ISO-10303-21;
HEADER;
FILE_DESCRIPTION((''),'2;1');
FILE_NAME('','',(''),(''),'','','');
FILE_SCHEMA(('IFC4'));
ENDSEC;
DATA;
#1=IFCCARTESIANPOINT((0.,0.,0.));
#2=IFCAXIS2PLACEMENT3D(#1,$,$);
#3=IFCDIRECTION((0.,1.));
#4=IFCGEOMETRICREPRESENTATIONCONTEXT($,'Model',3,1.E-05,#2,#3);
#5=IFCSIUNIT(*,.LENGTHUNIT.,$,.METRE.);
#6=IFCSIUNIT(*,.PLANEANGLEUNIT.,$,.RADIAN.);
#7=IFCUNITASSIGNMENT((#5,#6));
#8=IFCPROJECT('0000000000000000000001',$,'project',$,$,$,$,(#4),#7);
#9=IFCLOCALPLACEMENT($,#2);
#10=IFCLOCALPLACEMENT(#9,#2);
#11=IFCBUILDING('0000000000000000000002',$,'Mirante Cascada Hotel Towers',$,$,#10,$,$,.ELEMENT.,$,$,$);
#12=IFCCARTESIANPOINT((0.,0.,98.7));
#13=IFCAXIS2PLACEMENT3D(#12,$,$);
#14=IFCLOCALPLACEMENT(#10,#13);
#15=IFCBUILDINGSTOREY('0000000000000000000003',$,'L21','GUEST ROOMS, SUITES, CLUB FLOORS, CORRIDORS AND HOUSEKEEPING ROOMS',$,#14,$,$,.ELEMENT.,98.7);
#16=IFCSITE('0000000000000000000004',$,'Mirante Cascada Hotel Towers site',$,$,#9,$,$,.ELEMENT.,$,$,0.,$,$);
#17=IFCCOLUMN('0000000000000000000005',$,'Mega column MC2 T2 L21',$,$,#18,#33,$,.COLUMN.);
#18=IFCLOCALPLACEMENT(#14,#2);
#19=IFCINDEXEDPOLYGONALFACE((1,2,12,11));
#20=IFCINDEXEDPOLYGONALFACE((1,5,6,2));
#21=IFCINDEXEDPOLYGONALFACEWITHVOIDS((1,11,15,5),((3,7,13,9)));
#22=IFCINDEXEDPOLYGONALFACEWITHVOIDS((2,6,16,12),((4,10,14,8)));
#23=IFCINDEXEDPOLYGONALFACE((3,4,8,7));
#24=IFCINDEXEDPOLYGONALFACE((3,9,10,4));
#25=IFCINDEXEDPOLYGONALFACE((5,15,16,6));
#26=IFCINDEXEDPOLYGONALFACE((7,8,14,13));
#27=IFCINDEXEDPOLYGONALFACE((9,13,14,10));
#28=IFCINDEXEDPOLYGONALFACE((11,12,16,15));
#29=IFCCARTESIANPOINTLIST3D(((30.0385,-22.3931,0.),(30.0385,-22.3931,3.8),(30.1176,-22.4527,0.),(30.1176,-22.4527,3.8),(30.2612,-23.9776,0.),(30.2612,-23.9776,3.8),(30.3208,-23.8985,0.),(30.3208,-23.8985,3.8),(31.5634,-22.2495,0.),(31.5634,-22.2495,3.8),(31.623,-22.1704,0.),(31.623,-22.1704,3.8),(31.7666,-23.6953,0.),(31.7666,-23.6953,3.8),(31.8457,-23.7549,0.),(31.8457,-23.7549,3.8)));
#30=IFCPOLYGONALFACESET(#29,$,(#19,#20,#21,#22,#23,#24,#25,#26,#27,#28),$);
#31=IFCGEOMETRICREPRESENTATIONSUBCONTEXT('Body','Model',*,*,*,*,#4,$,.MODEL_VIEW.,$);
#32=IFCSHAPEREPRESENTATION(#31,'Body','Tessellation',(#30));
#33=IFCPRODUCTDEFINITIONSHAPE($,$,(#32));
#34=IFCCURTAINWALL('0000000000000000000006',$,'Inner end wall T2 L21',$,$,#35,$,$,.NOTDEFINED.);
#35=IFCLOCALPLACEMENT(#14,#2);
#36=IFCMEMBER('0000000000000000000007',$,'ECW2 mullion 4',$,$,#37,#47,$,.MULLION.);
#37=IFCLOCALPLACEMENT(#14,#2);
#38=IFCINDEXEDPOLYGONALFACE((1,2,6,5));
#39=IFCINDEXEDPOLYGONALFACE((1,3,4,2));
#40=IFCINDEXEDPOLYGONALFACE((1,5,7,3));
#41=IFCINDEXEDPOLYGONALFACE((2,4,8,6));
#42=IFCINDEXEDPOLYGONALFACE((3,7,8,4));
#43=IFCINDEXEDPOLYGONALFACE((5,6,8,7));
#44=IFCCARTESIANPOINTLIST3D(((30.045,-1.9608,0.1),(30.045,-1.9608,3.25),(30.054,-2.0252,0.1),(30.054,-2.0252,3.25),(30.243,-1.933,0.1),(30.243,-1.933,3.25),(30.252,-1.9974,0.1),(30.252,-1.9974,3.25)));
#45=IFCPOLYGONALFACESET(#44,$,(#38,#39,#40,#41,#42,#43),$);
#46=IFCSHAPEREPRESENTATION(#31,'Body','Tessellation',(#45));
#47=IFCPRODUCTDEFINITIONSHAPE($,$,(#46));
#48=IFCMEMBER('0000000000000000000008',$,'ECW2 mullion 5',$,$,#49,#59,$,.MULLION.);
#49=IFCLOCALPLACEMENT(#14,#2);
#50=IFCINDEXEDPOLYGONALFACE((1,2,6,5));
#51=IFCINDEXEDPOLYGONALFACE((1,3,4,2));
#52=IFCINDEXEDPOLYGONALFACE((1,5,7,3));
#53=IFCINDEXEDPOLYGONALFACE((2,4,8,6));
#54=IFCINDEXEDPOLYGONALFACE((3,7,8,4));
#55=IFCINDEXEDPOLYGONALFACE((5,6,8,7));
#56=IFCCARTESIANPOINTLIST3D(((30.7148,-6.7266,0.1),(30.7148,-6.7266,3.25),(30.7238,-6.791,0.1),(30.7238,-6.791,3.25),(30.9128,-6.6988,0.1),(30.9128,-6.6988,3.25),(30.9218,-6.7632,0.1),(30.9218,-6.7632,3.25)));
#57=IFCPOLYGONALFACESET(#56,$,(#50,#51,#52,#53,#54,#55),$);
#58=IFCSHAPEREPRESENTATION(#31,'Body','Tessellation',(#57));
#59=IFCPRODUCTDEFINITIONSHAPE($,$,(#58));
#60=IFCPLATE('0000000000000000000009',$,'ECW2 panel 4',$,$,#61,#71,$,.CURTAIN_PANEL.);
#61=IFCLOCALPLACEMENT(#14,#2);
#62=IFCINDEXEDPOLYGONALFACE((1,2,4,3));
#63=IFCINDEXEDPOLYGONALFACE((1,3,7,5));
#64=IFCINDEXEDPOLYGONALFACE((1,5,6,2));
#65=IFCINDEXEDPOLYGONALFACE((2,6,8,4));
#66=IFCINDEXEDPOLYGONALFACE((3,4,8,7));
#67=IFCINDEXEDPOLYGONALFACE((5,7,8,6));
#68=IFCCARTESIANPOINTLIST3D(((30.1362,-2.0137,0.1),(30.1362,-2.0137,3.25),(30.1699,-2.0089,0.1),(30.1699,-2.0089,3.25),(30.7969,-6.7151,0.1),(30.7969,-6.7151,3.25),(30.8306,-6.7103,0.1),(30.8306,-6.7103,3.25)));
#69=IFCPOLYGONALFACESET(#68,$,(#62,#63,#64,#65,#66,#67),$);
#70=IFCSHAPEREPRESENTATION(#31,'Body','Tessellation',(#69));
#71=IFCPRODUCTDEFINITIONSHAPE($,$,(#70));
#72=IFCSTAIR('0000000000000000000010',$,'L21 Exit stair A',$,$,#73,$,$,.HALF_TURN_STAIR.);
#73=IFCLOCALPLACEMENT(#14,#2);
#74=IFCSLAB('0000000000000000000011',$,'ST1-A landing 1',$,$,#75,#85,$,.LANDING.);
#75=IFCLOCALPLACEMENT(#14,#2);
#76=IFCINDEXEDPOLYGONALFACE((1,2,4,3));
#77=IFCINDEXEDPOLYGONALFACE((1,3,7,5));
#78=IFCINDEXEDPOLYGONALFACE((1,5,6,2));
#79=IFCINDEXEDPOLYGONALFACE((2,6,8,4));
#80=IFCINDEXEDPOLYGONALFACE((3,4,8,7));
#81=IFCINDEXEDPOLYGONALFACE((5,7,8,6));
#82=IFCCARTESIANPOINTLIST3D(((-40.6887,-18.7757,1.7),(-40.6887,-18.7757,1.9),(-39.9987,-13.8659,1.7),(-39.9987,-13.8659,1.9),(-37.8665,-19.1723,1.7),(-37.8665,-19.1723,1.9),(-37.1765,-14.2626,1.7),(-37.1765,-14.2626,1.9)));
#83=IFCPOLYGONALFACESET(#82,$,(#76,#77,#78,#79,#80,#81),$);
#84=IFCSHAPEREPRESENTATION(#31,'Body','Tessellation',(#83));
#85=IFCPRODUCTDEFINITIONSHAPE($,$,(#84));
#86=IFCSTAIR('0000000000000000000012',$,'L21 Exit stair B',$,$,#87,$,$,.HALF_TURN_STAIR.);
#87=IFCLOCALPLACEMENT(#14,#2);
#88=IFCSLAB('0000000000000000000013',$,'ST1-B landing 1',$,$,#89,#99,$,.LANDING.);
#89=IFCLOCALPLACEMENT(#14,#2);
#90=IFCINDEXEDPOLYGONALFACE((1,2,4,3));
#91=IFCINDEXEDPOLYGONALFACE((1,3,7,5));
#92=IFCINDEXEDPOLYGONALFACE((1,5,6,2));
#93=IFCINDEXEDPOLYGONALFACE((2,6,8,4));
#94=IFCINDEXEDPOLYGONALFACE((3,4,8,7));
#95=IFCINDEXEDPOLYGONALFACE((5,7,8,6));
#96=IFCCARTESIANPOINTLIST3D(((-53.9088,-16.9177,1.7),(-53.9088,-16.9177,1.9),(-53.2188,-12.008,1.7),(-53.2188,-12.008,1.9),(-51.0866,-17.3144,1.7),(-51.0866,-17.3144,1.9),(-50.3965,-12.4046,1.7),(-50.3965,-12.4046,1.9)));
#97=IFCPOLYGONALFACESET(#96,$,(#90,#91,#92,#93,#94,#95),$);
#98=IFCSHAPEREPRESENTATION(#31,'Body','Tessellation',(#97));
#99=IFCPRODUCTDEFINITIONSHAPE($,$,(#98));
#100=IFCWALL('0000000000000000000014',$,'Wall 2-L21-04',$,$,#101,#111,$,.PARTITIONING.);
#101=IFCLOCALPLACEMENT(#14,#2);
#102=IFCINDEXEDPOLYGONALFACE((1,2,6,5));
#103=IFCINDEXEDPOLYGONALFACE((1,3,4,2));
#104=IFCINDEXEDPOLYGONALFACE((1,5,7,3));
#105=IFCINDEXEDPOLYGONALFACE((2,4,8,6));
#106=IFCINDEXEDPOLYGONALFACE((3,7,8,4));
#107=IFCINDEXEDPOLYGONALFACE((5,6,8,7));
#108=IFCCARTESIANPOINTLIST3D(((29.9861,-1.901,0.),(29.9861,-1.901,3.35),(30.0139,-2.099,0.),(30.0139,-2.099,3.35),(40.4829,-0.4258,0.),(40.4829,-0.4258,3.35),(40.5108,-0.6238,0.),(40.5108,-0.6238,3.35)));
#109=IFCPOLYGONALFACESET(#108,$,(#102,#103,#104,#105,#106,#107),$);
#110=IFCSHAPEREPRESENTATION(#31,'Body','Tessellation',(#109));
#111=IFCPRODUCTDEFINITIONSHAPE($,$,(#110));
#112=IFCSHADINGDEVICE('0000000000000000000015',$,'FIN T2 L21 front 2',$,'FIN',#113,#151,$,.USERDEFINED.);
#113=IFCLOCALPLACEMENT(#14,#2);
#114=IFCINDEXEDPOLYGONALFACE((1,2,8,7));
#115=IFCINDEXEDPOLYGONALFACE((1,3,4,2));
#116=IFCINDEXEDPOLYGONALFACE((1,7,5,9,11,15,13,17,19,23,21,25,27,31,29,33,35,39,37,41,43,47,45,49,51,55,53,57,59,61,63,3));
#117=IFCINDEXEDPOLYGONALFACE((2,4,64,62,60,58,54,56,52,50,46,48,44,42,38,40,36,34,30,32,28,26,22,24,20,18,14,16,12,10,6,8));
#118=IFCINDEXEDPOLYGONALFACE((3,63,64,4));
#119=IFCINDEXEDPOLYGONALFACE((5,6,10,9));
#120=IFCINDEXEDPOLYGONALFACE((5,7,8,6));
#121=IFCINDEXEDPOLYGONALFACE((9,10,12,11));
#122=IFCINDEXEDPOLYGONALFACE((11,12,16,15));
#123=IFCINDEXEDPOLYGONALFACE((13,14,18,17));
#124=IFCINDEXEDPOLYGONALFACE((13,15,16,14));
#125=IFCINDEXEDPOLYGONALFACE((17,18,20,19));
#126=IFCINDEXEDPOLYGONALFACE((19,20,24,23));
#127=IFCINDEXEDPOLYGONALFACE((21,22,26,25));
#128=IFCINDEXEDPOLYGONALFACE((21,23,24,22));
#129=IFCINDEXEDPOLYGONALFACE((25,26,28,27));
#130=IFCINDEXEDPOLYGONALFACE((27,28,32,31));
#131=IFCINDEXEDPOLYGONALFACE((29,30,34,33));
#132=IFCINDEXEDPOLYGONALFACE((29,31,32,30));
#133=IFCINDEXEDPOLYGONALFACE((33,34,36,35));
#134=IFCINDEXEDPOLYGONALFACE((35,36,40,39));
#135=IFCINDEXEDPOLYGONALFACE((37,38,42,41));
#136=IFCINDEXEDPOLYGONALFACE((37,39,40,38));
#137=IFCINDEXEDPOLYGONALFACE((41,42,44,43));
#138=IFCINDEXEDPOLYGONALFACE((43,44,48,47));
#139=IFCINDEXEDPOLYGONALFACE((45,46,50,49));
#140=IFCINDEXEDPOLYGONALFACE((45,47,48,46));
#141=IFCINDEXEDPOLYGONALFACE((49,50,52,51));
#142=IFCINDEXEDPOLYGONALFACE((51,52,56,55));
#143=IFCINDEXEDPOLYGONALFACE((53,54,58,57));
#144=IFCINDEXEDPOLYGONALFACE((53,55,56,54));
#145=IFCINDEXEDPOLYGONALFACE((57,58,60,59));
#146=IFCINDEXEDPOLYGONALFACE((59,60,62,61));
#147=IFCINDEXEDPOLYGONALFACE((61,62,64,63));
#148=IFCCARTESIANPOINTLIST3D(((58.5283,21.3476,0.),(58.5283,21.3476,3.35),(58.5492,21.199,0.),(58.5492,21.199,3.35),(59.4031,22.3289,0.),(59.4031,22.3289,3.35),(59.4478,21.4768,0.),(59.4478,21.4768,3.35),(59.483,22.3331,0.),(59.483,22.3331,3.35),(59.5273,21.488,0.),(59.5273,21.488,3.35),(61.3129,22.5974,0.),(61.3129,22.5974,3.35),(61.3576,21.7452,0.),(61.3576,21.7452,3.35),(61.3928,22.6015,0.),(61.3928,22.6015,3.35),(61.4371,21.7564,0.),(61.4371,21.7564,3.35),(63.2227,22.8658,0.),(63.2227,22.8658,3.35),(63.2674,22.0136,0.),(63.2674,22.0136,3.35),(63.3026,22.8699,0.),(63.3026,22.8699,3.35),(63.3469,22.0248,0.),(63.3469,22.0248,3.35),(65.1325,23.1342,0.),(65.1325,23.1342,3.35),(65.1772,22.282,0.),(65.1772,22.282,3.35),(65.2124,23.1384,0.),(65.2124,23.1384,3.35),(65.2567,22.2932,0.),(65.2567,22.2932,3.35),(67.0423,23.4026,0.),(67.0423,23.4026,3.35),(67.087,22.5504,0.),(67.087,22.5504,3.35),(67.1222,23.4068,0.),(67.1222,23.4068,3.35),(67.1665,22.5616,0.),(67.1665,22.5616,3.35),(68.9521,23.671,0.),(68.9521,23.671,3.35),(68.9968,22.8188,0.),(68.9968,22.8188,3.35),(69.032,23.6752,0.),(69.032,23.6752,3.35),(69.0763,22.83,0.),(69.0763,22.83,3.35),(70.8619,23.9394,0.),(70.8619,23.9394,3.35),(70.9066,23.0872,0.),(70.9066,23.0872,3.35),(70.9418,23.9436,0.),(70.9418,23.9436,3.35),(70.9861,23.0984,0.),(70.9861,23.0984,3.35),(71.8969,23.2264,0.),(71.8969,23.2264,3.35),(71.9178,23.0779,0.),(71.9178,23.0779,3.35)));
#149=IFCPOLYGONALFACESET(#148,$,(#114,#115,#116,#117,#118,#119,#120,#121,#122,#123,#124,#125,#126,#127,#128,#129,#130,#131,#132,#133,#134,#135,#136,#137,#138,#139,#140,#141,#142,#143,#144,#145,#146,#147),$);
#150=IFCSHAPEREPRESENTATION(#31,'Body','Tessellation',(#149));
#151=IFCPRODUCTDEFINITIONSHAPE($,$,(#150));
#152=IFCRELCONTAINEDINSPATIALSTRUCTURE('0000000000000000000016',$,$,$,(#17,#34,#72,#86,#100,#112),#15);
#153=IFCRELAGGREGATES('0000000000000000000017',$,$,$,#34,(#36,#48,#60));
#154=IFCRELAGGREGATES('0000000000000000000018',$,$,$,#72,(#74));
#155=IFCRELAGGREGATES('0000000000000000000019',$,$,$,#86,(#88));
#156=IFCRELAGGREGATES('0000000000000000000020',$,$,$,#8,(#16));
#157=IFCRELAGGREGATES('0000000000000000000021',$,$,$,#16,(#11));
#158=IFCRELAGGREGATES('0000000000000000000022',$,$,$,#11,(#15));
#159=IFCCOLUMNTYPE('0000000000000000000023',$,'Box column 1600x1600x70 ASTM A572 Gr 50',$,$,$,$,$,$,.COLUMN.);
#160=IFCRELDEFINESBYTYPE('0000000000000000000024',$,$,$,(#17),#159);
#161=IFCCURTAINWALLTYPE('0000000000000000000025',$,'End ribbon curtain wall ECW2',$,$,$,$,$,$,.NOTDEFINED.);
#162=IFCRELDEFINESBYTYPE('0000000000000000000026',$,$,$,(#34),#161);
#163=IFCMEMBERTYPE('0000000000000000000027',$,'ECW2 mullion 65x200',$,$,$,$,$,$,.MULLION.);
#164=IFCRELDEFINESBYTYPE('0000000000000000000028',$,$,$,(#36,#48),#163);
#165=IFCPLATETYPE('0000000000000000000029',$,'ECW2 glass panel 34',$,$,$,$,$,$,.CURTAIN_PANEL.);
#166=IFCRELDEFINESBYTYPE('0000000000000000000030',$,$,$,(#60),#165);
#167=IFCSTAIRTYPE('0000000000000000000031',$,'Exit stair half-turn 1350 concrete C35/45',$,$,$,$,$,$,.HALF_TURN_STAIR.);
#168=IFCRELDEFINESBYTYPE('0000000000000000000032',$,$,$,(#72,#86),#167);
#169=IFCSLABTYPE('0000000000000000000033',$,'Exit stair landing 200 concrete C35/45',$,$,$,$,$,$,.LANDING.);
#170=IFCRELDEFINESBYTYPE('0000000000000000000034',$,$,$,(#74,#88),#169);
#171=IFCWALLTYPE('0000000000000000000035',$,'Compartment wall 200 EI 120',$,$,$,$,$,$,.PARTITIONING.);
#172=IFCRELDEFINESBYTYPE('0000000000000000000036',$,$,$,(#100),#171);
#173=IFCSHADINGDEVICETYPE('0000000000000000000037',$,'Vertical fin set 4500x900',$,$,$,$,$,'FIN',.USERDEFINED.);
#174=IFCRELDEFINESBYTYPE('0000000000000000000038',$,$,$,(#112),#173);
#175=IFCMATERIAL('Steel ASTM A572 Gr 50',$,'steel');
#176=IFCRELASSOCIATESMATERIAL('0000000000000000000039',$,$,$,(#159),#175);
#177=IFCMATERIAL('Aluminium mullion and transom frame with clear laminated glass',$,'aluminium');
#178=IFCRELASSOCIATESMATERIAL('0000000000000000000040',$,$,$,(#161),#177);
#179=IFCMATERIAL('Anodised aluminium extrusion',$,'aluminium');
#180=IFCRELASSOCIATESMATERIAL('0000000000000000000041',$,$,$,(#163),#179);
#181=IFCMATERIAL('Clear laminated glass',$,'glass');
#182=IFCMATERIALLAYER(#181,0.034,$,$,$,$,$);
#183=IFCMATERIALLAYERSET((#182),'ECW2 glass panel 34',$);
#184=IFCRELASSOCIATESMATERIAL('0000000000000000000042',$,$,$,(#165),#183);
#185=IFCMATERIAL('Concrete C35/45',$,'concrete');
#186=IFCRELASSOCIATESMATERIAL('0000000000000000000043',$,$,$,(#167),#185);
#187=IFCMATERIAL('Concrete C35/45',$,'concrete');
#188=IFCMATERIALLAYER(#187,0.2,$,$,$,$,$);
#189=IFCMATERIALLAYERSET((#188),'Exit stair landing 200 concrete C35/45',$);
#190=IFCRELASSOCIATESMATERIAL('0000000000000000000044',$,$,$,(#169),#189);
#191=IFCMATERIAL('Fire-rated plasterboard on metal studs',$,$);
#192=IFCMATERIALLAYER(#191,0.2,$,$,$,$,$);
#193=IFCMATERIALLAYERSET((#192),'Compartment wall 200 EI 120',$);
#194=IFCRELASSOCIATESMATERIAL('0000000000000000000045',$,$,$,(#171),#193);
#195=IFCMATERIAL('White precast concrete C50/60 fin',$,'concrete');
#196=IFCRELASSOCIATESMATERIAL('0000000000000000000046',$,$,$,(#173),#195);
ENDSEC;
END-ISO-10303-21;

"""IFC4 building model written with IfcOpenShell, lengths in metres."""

from ifc_helpers import new_model, si_unit, direction, frame, frame_2d, origin, origin_2d, place, context, subcontext, project, spatial, polyline, rectangle, hollow_rectangle, outline, extrude, material, layer, layer_set, material_profile, profile_set, type_object, element, aggregate, save


model = new_model("IFC4")

# Units and contexts
model_context = context("Model", 3, precision=1e-05, world=origin(), true_north=direction((0.0, 1.0)))
body_context = subcontext(model_context, "Body", "Model", "MODEL_VIEW")
ifc_project = project(units=[si_unit("LENGTHUNIT", "METRE"), si_unit("PLANEANGLEUNIT", "RADIAN")], contexts=[model_context])

# Site, building, storey
site_placement = place(None, origin())
site = spatial("IfcSite", under=ifc_project, at=site_placement, Name="Mirante Cascada Hotel Towers site", CompositionType="ELEMENT", RefElevation=0.0)
building_placement = place(site_placement, origin())
building = spatial("IfcBuilding", under=site, at=building_placement, Name="Mirante Cascada Hotel Towers", CompositionType="ELEMENT")
storey_placement = place(building_placement, frame((0.0, 0.0, 98.7)))
storey = spatial("IfcBuildingStorey", under=building, at=storey_placement, Name="L21", Description="GUEST ROOMS, SUITES, CLUB FLOORS, CORRIDORS AND HOUSEKEEPING ROOMS", CompositionType="ELEMENT", Elevation=98.7)

# Column
ifc_material_1 = material(Name="Steel ASTM A572 Gr 50", Category="steel")
ifc_material_profile_1 = material_profile(ifc_material_1, hollow_rectangle(XDim=1.6, YDim=1.6, WallThickness=0.07, at=origin_2d()), Name="Box column 1600x1600x70 ASTM A572 Gr 50")
ifc_profile_set_1 = profile_set([ifc_material_profile_1], Name="Steel ASTM A572 Gr 50")
column_type = type_object("IfcColumnType", Name="Box column 1600x1600x70 ASTM A572 Gr 50", PredefinedType="COLUMN", material=ifc_profile_set_1)
column_placement = place(storey_placement, frame((30.9421, -23.074, 0.0), z_axis=(0.0, 0.0, 1.0), x_axis=(0.990268, 0.139173, 0.0)))
element("IfcColumn", 1, at=column_placement, inside=storey, type_object=column_type, Name="Mega column MC2 T2 L21", PredefinedType="COLUMN", context=body_context, shape_type="SweptSolid", body=[
    extrude(hollow_rectangle(XDim=1.6, YDim=1.6, WallThickness=0.07, at=origin_2d()), origin(), (0.0, 0.0, 1.0), 3.8),
])

# Curtain wall, members, plate
ifc_material_2 = material(Name="Aluminium mullion and transom frame with clear laminated glass", Category="aluminium")
curtain_wall_type = type_object("IfcCurtainWallType", Name="End ribbon curtain wall ECW2", PredefinedType="NOTDEFINED", material=ifc_material_2)
curtain_wall_placement = place(storey_placement, origin())
curtain_wall = element("IfcCurtainWall", 2, at=curtain_wall_placement, inside=storey, type_object=curtain_wall_type, Name="Inner end wall T2 L21", PredefinedType="NOTDEFINED")
ifc_material_3 = material(Name="Anodised aluminium extrusion", Category="aluminium")
ifc_material_profile_2 = material_profile(ifc_material_3, rectangle(XDim=0.2, YDim=0.065, at=origin_2d()), Name="ECW2 MULLION 65x200")
ifc_profile_set_2 = profile_set([ifc_material_profile_2], Name="Anodised aluminium extrusion")
member_type = type_object("IfcMemberType", Name="ECW2 mullion 65x200", PredefinedType="MULLION", material=ifc_profile_set_2)
member_1_placement = place(storey_placement, frame((30.1485, -1.9791, 0.1), z_axis=(0.0, 0.0, 1.0), x_axis=(0.990268, 0.139173, 0.0)))
member_1 = element("IfcMember", 3, at=member_1_placement, type_object=member_type, Name="ECW2 mullion 4", PredefinedType="MULLION", context=body_context, shape_type="SweptSolid", body=[
    extrude(rectangle(XDim=0.2, YDim=0.065, at=origin_2d()), origin(), (0.0, 0.0, 1.0), 3.15),
])
member_2_placement = place(storey_placement, frame((30.8183, -6.7449, 0.1), z_axis=(0.0, 0.0, 1.0), x_axis=(0.990268, 0.139173, 0.0)))
member_2 = element("IfcMember", 4, at=member_2_placement, type_object=member_type, Name="ECW2 mullion 5", PredefinedType="MULLION", context=body_context, shape_type="SweptSolid", body=[
    extrude(rectangle(XDim=0.2, YDim=0.065, at=origin_2d()), origin(), (0.0, 0.0, 1.0), 3.15),
])
ifc_material_4 = material(Name="Clear laminated glass", Category="glass")
ifc_layer_1 = layer(ifc_material_4, 0.034)
ifc_layer_set_1 = layer_set([ifc_layer_1], Name="ECW2 glass panel 34")
plate_type = type_object("IfcPlateType", Name="ECW2 glass panel 34", PredefinedType="CURTAIN_PANEL", material=ifc_layer_set_1)
plate_placement = place(storey_placement, frame((30.4834, -4.362, 0.1), z_axis=(0.0, 0.0, 1.0), x_axis=(0.139173, -0.990268, 0.0)))
plate = element("IfcPlate", 5, at=plate_placement, type_object=plate_type, Name="ECW2 panel 4", PredefinedType="CURTAIN_PANEL", context=body_context, shape_type="SweptSolid", body=[
    extrude(rectangle(XDim=4.7476, YDim=0.034, at=origin_2d()), origin(), (0.0, 0.0, 1.0), 3.15),
])
aggregate(curtain_wall, [member_1, member_2, plate])

# Stairs, slabs
ifc_material_5 = material(Name="Concrete C35/45", Category="concrete")
stair_type = type_object("IfcStairType", Name="Exit stair half-turn 1350 concrete C35/45", PredefinedType="HALF_TURN_STAIR", material=ifc_material_5)
stair_1_placement = place(storey_placement, origin())
stair_1 = element("IfcStair", 6, at=stair_1_placement, inside=storey, type_object=stair_type, Name="L21 Exit stair A", PredefinedType="HALF_TURN_STAIR")
ifc_material_6 = material(Name="Concrete C35/45", Category="concrete")
ifc_layer_2 = layer(ifc_material_6, 0.2)
ifc_layer_set_2 = layer_set([ifc_layer_2], Name="Exit stair landing 200 concrete C35/45")
slab_type = type_object("IfcSlabType", Name="Exit stair landing 200 concrete C35/45", PredefinedType="LANDING", material=ifc_layer_set_2)
slab_1_placement = place(storey_placement, frame((0.0, 0.0, 1.7)))
slab_1 = element("IfcSlab", 7, at=slab_1_placement, type_object=slab_type, Name="ST1-A landing 1", PredefinedType="LANDING", context=body_context, shape_type="SweptSolid", body=[
    extrude(outline(polyline([(-39.9987, -13.8659), (-40.6887, -18.7757), (-37.8665, -19.1723), (-37.1765, -14.2626), (-39.9987, -13.8659)])), origin(), (0.0, 0.0, 1.0), 0.2),
])
aggregate(stair_1, [slab_1])
stair_2_placement = place(storey_placement, origin())
stair_2 = element("IfcStair", 8, at=stair_2_placement, inside=storey, type_object=stair_type, Name="L21 Exit stair B", PredefinedType="HALF_TURN_STAIR")
slab_2_placement = place(storey_placement, frame((0.0, 0.0, 1.7)))
slab_2 = element("IfcSlab", 9, at=slab_2_placement, type_object=slab_type, Name="ST1-B landing 1", PredefinedType="LANDING", context=body_context, shape_type="SweptSolid", body=[
    extrude(outline(polyline([(-53.2188, -12.008), (-53.9088, -16.9177), (-51.0866, -17.3144), (-50.3965, -12.4046), (-53.2188, -12.008)])), origin(), (0.0, 0.0, 1.0), 0.2),
])
aggregate(stair_2, [slab_2])

# Wall
ifc_material_7 = material(Name="Fire-rated plasterboard on metal studs")
ifc_layer_3 = layer(ifc_material_7, 0.2)
ifc_layer_set_3 = layer_set([ifc_layer_3], Name="Compartment wall 200 EI 120")
wall_type = type_object("IfcWallType", Name="Compartment wall 200 EI 120", PredefinedType="PARTITIONING", material=ifc_layer_set_3)
wall_placement = place(storey_placement, frame((30.0, -2.0, 0.0), z_axis=(0.0, 0.0, 1.0), x_axis=(0.990268, 0.13917, 0.0)))
element("IfcWall", 10, at=wall_placement, inside=storey, type_object=wall_type, Name="Wall 2-L21-04", PredefinedType="PARTITIONING", context=body_context, shape_type="SweptSolid", body=[
    extrude(rectangle(XDim=10.6, YDim=0.2, at=frame_2d((5.3, 0.0))), origin(), (0.0, 0.0, 1.0), 3.35),
])

# Shading device
ifc_material_8 = material(Name="White precast concrete C50/60 fin", Category="concrete")
shading_device_type = type_object("IfcShadingDeviceType", Name="Vertical fin set 4500x900", ElementType="FIN", PredefinedType="USERDEFINED", material=ifc_material_8)
shading_device_1_placement = place(storey_placement, origin())
element("IfcShadingDevice", 11, at=shading_device_1_placement, inside=storey, type_object=shading_device_type, Name="FIN T2 L21 front 2", ObjectType="FIN", PredefinedType="USERDEFINED", context=body_context, shape_type="SweptSolid", body=[
    extrude(outline(polyline([(59.483, 22.3331), (59.5273, 21.488), (61.3576, 21.7452), (61.3129, 22.5974), (61.3928, 22.6015), (61.4371, 21.7564), (63.2674, 22.0136), (63.2227, 22.8658), (63.3026, 22.8699), (63.3469, 22.0248), (65.1772, 22.282), (65.1325, 23.1342), (65.2124, 23.1384), (65.2567, 22.2932), (67.087, 22.5504), (67.0423, 23.4026), (67.1222, 23.4068), (67.1665, 22.5616), (68.9968, 22.8188), (68.9521, 23.671), (69.032, 23.6752), (69.0763, 22.83), (70.9066, 23.0872), (70.8619, 23.9394), (70.9418, 23.9436), (70.9861, 23.0984), (71.8969, 23.2264), (71.9178, 23.0779), (58.5492, 21.199), (58.5283, 21.3476), (59.4478, 21.4768), (59.4031, 22.3289), (59.483, 22.3331)])), origin(), (0.0, 0.0, 1.0), 3.35),
])

save(model, "model.ifc")
